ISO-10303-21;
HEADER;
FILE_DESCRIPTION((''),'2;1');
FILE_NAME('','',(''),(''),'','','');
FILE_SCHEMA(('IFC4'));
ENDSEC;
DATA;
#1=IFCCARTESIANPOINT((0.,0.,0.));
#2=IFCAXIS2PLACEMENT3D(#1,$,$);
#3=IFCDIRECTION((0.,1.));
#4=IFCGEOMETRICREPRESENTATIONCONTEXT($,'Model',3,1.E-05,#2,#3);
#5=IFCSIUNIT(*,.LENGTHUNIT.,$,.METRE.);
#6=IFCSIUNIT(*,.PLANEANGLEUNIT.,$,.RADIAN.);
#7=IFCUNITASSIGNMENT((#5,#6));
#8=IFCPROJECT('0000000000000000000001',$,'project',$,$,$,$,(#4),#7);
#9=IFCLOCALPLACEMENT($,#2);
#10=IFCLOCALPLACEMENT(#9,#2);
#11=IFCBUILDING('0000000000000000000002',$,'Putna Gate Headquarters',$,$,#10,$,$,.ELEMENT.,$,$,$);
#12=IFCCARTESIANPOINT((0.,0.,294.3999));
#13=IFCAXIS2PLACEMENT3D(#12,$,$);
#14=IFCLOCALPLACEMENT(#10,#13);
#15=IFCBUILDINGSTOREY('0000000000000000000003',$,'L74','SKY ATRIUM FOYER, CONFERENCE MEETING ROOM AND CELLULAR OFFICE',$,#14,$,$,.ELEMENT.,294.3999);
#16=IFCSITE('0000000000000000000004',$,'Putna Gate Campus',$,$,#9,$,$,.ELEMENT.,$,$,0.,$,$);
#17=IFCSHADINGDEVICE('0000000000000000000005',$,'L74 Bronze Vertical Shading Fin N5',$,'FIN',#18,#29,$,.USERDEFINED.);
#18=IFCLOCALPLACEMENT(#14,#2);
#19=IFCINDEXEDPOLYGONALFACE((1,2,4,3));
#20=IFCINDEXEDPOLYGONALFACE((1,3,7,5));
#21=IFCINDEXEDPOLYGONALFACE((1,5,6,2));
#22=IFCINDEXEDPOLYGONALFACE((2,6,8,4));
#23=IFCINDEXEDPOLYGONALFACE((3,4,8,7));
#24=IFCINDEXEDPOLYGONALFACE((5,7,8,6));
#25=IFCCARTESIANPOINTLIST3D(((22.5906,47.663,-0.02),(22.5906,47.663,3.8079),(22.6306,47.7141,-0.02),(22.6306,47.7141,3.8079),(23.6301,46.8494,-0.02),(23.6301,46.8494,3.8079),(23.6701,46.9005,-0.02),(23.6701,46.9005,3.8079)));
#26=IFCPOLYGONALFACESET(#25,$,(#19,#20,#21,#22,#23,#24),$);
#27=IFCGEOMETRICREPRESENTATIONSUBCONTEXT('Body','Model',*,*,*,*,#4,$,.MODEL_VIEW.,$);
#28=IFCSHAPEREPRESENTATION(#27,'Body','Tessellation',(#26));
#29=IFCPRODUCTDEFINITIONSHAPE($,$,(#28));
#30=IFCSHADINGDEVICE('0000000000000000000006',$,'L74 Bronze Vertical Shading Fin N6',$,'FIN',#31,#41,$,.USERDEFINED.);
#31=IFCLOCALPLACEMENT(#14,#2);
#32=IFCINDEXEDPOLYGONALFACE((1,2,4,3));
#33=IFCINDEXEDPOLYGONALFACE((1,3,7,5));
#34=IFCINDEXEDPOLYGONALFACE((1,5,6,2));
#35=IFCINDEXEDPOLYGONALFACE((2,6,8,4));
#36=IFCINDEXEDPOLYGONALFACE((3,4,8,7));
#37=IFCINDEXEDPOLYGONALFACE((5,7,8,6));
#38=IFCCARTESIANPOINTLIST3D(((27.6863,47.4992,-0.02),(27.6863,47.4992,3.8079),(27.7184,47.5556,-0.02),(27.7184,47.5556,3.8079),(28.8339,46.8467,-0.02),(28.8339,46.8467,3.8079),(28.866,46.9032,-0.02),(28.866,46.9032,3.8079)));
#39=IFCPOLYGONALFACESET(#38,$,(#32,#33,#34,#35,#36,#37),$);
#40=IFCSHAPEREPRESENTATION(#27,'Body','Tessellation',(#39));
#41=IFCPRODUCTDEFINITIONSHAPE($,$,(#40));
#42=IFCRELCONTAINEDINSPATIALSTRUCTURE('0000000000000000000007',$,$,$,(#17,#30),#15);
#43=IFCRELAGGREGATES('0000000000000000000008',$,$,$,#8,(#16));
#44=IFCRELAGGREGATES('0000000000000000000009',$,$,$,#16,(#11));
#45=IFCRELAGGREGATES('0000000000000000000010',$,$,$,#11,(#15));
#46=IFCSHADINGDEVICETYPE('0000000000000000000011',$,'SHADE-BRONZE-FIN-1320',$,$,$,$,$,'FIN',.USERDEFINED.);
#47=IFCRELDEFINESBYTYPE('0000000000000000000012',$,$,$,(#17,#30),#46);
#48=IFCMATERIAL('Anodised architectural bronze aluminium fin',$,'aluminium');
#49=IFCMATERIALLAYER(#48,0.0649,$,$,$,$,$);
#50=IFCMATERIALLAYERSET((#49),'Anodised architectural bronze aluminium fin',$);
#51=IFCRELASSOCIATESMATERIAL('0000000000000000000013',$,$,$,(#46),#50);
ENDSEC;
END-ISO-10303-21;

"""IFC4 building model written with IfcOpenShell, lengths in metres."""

from ifc_helpers import new_model, si_unit, direction, frame, origin, origin_2d, place, context, subcontext, project, spatial, rectangle, extrude, material, layer, layer_set, type_object, element, save


model = new_model("IFC4")

# Units and contexts
model_context = context("Model", 3, precision=1e-05, world=origin(), true_north=direction((0.0, 1.0)))
body_context = subcontext(model_context, "Body", "Model", "MODEL_VIEW")
ifc_project = project(units=[si_unit("LENGTHUNIT", "METRE"), si_unit("PLANEANGLEUNIT", "RADIAN")], contexts=[model_context])

# Site, building, storey
site_placement = place(None, origin())
site = spatial("IfcSite", under=ifc_project, at=site_placement, Name="Putna Gate Campus", CompositionType="ELEMENT", RefElevation=0.0)
building_placement = place(site_placement, origin())
building = spatial("IfcBuilding", under=site, at=building_placement, Name="Putna Gate Headquarters", CompositionType="ELEMENT")
storey_placement = place(building_placement, frame((0.0, 0.0, 294.3999)))
storey = spatial("IfcBuildingStorey", under=building, at=storey_placement, Name="L74", Description="SKY ATRIUM FOYER, CONFERENCE MEETING ROOM AND CELLULAR OFFICE", CompositionType="ELEMENT", Elevation=294.3999)

# Shading devices
ifc_material_1 = material(Name="Anodised architectural bronze aluminium fin", Category="aluminium")
ifc_layer_1 = layer(ifc_material_1, 0.0649)
ifc_layer_set_1 = layer_set([ifc_layer_1], Name="Anodised architectural bronze aluminium fin")
shading_device_type = type_object("IfcShadingDeviceType", Name="SHADE-BRONZE-FIN-1320", ElementType="FIN", PredefinedType="USERDEFINED", material=ifc_layer_set_1)
for number, where, z_axis, x_axis, name in (
    (1, (23.1304, 47.2817, -0.02), (0.0, 0.0, 1.0), (-0.787473, 0.616349, 0.0), "L74 Bronze Vertical Shading Fin N5"),
    (2, (28.2761, 47.2012, -0.02), (0.0, 0.0, 1.0), (-0.869322, 0.494245, 0.0), "L74 Bronze Vertical Shading Fin N6"),
):
    element("IfcShadingDevice", number, at=place(storey_placement, frame(where, z_axis=z_axis, x_axis=x_axis)), inside=storey, type_object=shading_device_type, Name=name, ObjectType="FIN", PredefinedType="USERDEFINED", context=body_context, shape_type="SweptSolid", body=[
        extrude(rectangle(XDim=1.3201, YDim=0.0649, at=origin_2d()), origin(), (0.0, 0.0, 1.0), 3.8279),
    ])

save(model, "model.ifc")
